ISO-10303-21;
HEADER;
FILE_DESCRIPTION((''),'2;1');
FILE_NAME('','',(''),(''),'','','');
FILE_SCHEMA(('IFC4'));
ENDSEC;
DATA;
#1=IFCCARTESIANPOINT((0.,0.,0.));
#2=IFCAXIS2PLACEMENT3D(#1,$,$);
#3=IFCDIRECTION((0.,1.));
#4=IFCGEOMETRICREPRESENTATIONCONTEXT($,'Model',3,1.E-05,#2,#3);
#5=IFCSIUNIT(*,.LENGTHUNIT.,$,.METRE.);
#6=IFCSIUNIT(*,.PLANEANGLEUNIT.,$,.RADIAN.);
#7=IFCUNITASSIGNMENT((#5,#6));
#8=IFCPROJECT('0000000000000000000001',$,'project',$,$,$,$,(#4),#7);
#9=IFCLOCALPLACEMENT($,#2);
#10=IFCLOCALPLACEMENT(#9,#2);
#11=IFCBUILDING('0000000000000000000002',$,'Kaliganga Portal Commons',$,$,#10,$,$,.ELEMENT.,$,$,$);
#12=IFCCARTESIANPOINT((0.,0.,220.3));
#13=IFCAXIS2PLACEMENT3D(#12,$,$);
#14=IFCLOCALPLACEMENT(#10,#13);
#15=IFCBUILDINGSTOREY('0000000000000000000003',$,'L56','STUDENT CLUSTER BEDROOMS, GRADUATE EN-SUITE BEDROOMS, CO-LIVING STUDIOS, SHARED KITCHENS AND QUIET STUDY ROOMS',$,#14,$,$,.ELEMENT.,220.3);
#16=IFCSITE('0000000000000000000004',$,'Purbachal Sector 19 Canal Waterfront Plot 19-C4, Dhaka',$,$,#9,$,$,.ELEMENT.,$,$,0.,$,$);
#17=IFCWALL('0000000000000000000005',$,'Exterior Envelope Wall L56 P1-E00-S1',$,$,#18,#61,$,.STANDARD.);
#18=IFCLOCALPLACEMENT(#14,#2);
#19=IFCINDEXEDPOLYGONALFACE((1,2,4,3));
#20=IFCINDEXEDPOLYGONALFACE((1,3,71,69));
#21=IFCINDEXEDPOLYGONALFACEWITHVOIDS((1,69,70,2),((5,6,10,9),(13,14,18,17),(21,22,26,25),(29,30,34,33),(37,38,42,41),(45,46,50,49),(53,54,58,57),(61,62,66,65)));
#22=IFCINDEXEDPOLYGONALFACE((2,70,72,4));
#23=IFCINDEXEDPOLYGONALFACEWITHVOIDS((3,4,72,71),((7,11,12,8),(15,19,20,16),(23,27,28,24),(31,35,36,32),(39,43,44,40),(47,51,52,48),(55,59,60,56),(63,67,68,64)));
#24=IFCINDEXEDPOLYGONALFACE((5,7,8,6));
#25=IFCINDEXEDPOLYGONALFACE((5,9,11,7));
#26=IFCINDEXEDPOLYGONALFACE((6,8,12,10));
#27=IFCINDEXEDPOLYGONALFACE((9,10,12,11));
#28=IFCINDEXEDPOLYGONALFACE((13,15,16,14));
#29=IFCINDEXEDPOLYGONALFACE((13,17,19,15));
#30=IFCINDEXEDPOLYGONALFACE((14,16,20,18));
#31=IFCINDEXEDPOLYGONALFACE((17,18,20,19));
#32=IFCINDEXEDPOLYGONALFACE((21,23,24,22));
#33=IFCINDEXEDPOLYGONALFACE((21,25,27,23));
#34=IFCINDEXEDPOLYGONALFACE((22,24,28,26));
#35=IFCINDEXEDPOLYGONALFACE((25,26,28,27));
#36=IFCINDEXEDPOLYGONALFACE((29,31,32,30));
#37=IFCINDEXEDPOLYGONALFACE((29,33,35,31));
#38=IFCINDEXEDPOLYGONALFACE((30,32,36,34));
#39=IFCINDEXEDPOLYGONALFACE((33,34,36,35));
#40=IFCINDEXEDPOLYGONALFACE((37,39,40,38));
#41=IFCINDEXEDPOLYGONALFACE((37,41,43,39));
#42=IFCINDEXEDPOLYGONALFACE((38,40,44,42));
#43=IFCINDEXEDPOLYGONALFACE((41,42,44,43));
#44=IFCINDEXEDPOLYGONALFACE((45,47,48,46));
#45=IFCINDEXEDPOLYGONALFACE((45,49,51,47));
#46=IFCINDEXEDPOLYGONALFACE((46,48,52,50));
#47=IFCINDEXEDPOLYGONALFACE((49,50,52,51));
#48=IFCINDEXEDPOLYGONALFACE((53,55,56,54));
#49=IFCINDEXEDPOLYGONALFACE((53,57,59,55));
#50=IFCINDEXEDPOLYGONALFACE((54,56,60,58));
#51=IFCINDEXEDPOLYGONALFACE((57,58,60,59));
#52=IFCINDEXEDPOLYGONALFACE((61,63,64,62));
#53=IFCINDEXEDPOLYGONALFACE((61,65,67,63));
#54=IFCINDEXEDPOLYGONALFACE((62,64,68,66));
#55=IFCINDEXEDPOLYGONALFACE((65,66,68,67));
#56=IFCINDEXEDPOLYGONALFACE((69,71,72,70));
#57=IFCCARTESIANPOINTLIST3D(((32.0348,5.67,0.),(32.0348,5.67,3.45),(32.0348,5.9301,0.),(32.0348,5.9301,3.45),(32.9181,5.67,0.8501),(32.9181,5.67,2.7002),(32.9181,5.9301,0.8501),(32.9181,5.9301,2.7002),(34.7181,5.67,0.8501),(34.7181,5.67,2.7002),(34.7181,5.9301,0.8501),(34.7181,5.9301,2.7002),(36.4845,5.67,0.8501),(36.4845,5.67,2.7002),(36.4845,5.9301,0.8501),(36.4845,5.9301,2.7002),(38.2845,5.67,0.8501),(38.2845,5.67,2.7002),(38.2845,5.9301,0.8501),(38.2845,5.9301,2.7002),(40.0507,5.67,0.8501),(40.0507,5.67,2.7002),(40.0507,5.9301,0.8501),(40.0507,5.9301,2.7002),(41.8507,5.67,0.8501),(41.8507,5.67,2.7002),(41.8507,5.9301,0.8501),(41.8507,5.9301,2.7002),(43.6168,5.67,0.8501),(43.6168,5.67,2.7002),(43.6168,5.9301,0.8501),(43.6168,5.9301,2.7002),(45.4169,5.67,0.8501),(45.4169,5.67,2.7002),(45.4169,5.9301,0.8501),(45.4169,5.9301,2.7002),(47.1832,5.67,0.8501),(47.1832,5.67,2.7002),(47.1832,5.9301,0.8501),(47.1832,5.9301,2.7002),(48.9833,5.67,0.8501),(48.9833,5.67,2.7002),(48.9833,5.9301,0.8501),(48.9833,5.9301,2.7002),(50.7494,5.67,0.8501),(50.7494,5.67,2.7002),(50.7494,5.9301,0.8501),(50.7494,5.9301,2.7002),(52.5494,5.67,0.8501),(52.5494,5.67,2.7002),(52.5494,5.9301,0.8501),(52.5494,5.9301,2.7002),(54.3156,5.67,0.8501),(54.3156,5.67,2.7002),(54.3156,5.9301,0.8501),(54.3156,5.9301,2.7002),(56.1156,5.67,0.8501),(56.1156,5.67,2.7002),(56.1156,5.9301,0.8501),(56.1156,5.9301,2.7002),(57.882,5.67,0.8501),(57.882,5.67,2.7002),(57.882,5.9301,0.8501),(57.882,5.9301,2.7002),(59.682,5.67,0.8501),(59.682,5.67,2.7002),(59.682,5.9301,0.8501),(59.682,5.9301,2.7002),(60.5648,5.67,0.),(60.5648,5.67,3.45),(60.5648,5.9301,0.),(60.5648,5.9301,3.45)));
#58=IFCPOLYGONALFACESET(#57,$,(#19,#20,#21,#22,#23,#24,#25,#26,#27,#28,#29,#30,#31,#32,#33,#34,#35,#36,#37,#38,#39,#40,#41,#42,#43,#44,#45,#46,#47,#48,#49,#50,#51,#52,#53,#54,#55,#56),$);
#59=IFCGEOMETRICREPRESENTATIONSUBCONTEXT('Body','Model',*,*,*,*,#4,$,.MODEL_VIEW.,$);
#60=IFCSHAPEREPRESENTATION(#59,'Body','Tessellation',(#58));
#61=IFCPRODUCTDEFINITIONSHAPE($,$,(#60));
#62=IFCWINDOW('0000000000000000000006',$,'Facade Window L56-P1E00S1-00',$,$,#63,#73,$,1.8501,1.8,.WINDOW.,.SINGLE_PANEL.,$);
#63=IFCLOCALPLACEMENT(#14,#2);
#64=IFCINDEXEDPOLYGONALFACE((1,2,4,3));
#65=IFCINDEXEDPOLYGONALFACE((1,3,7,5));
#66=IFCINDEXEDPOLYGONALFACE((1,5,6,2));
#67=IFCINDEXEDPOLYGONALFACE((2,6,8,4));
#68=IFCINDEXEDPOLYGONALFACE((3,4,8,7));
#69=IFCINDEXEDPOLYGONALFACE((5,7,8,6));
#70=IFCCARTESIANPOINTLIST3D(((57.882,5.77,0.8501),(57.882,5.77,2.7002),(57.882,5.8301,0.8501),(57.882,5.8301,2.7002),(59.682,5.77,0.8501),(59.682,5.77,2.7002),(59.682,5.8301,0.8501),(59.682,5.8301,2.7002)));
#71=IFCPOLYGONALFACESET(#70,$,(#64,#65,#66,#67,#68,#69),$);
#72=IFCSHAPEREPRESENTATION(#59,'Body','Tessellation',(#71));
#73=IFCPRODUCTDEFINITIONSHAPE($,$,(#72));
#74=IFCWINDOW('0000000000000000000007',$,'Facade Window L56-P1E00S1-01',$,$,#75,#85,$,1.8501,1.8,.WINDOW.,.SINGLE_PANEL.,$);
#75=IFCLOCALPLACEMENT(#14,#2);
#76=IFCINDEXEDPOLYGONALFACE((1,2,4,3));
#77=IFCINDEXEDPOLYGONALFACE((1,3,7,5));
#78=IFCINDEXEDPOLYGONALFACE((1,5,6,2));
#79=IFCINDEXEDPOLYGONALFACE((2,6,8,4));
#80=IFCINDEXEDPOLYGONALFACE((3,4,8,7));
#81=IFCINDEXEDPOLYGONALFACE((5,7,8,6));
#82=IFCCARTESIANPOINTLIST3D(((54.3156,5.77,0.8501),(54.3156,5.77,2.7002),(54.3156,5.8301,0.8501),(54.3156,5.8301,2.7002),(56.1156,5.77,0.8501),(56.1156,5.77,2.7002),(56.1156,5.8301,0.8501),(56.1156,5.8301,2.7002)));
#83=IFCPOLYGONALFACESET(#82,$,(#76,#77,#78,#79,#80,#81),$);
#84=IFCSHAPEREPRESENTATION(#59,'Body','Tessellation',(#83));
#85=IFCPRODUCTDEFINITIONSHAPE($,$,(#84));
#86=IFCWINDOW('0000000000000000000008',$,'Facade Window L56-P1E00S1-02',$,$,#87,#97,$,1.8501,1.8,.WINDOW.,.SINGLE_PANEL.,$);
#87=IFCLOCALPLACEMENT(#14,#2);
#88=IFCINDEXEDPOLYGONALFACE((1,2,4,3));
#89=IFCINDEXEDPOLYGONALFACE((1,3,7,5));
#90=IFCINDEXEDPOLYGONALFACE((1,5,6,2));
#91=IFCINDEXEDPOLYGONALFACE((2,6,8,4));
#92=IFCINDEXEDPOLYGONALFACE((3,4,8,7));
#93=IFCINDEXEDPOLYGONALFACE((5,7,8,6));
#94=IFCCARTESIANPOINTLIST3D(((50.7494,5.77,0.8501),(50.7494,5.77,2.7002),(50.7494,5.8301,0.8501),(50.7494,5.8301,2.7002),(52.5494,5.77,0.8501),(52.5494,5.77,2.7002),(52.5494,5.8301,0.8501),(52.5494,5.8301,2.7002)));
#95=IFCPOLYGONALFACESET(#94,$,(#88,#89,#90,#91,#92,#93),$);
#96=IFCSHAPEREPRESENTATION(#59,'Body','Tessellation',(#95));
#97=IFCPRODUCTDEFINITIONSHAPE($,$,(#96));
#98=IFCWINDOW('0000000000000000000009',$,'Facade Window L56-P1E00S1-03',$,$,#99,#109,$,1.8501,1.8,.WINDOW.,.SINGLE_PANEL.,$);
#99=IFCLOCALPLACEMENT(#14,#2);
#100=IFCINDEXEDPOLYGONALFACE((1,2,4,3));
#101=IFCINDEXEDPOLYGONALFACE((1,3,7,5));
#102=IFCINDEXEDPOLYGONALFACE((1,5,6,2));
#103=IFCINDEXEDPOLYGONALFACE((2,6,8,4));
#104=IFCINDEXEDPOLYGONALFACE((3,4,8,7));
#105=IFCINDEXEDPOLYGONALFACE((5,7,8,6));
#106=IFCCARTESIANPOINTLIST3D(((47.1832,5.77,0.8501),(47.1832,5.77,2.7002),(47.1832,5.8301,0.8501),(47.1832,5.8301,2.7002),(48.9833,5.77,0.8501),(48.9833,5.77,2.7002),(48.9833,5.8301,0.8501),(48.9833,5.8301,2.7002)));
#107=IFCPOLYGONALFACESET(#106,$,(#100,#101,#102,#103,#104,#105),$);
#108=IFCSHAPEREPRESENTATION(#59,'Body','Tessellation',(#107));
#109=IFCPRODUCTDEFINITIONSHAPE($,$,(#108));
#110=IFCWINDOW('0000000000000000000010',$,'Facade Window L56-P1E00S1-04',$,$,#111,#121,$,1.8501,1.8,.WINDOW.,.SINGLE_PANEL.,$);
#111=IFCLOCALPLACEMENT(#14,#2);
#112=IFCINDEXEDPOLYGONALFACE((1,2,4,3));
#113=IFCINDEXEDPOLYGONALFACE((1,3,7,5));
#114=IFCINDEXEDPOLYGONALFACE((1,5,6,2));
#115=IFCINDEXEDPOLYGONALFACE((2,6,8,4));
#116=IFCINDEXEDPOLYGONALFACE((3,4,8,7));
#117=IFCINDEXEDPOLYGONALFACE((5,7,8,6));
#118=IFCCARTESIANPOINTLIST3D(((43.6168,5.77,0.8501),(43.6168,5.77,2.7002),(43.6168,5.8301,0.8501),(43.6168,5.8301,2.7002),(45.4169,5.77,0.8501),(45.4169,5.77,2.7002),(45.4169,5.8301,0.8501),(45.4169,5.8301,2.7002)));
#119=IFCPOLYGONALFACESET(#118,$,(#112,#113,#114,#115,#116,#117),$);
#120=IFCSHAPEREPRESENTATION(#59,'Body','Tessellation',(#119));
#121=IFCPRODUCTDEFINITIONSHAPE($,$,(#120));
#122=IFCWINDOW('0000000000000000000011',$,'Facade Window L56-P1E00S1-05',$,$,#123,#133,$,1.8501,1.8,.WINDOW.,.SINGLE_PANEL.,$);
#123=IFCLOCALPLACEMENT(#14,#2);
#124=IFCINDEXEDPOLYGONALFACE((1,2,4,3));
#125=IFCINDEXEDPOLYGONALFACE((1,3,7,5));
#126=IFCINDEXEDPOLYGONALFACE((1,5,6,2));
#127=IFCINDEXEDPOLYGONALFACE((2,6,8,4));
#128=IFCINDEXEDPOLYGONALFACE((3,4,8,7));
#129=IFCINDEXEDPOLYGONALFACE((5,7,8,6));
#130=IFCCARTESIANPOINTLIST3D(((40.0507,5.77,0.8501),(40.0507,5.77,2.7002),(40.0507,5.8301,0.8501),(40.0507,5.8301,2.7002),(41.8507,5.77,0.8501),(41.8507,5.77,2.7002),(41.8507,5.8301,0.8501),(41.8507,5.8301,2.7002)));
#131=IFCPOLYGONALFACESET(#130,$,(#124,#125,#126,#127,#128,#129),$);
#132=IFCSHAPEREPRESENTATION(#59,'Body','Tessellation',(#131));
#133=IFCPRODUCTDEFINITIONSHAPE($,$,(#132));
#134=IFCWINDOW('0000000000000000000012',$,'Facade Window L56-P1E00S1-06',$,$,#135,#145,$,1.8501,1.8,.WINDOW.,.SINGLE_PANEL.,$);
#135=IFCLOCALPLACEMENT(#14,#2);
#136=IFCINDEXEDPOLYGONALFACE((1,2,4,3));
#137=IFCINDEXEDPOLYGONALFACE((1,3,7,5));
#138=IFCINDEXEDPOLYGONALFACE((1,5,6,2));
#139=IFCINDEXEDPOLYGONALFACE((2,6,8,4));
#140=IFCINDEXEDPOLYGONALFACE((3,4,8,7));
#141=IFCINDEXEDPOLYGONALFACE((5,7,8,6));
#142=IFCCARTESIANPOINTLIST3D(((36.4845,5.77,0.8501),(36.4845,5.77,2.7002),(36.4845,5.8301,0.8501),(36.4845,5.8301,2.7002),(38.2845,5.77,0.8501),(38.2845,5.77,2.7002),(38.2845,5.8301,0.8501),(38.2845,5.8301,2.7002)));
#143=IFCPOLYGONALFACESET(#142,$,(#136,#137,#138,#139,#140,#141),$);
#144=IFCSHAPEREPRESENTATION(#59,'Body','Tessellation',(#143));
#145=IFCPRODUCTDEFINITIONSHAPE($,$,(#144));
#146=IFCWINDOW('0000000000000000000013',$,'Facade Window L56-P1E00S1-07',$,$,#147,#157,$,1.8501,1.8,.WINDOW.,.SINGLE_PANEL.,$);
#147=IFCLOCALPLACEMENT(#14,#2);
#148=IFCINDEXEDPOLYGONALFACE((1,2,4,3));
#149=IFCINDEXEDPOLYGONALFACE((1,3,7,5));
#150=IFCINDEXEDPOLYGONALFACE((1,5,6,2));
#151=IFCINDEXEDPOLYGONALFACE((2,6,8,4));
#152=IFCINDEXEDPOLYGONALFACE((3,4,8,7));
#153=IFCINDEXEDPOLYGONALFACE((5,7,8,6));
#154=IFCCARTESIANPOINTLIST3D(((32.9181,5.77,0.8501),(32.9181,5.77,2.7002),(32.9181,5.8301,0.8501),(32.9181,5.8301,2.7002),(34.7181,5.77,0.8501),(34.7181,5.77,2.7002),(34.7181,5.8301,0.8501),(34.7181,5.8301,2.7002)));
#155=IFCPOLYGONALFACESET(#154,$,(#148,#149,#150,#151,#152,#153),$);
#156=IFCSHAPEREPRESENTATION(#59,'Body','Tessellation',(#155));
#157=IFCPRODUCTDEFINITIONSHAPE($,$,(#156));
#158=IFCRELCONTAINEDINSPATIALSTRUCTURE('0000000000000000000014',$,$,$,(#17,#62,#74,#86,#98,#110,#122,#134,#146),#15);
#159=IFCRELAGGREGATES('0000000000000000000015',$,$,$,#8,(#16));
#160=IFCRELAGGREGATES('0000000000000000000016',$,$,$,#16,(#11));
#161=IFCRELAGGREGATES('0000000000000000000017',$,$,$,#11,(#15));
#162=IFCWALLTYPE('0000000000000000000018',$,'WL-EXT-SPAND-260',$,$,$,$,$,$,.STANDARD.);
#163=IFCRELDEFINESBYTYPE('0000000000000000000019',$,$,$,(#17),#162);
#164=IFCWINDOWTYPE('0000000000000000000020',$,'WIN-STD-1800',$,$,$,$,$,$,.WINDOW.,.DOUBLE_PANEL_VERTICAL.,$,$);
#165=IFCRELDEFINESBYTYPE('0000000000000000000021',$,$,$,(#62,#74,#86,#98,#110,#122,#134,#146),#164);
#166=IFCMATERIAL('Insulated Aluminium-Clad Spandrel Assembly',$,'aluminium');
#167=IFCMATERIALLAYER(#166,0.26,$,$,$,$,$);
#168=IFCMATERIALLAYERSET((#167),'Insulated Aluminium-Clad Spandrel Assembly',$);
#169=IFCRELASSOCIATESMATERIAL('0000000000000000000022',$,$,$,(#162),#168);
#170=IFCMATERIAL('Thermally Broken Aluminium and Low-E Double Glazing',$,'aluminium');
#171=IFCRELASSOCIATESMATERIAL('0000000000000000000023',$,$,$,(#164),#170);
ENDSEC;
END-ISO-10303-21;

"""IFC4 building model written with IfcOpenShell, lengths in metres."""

from ifc_helpers import new_model, si_unit, direction, frame, frame_2d, origin, place, context, subcontext, project, spatial, rectangle, extrude, material, layer, layer_set, type_object, element, fill, save


model = new_model("IFC4")

# Units and contexts
model_context = context("Model", 3, precision=1e-05, world=origin(), true_north=direction((0.0, 1.0)))
body_context = subcontext(model_context, "Body", "Model", "MODEL_VIEW")
ifc_project = project(units=[si_unit("LENGTHUNIT", "METRE"), si_unit("PLANEANGLEUNIT", "RADIAN")], contexts=[model_context])

# Site, building, storey
site_placement = place(None, origin())
site = spatial("IfcSite", under=ifc_project, at=site_placement, Name="Purbachal Sector 19 Canal Waterfront Plot 19-C4, Dhaka", CompositionType="ELEMENT", RefElevation=0.0)
building_placement = place(site_placement, origin())
building = spatial("IfcBuilding", under=site, at=building_placement, Name="Kaliganga Portal Commons", CompositionType="ELEMENT")
storey_placement = place(building_placement, frame((0.0, 0.0, 220.3)))
storey = spatial("IfcBuildingStorey", under=building, at=storey_placement, Name="L56", Description="STUDENT CLUSTER BEDROOMS, GRADUATE EN-SUITE BEDROOMS, CO-LIVING STUDIOS, SHARED KITCHENS AND QUIET STUDY ROOMS", CompositionType="ELEMENT", Elevation=220.3)

# Wall, openings, windows
ifc_material_1 = material(Name="Insulated Aluminium-Clad Spandrel Assembly", Category="aluminium")
ifc_layer_1 = layer(ifc_material_1, 0.26)
ifc_layer_set_1 = layer_set([ifc_layer_1], Name="Insulated Aluminium-Clad Spandrel Assembly")
wall_type_1 = type_object("IfcWallType", Name="WL-EXT-SPAND-260", PredefinedType="STANDARD", material=ifc_layer_set_1)
wall_1_placement = place(storey_placement, frame((60.5649, 5.8, 0.0), z_axis=(0.0, 0.0, 1.0), x_axis=(-1.0, 0.0, 0.0)))
wall_1 = element("IfcWall", 1, at=wall_1_placement, inside=storey, type_object=wall_type_1, Name="Exterior Envelope Wall L56 P1-E00-S1", PredefinedType="STANDARD", context=body_context, shape_type="SweptSolid", body=[
    extrude(rectangle(XDim=28.53, YDim=0.26, at=frame_2d((14.2651, 0.0))), origin(), (0.0, 0.0, 1.0), 3.45),
])
opening_1_placement = place(wall_1_placement, frame((0.8831, 0.0, 0.8501)))
opening_1 = element("IfcOpeningElement", 2, at=opening_1_placement, cuts=wall_1, PredefinedType="OPENING", context=body_context, shape_type="SweptSolid", body=[
    extrude(rectangle(XDim=1.8, YDim=1.8501, at=frame_2d((0.8999, 0.925))), frame((0.0, 0.1401, 0.0), z_axis=(0.0, -1.0, 0.0), x_axis=(1.0, 0.0, 0.0)), (0.0, 0.0, 1.0), 0.28),
])
opening_2_placement = place(wall_1_placement, frame((4.4495, 0.0, 0.8501)))
opening_2 = element("IfcOpeningElement", 3, at=opening_2_placement, cuts=wall_1, PredefinedType="OPENING", context=body_context, shape_type="SweptSolid", body=[
    extrude(rectangle(XDim=1.8, YDim=1.8501, at=frame_2d((0.8999, 0.925))), frame((0.0, 0.1401, 0.0), z_axis=(0.0, -1.0, 0.0), x_axis=(1.0, 0.0, 0.0)), (0.0, 0.0, 1.0), 0.28),
])
opening_3_placement = place(wall_1_placement, frame((8.0156, 0.0, 0.8501)))
opening_3 = element("IfcOpeningElement", 4, at=opening_3_placement, cuts=wall_1, PredefinedType="OPENING", context=body_context, shape_type="SweptSolid", body=[
    extrude(rectangle(XDim=1.8, YDim=1.8501, at=frame_2d((0.8999, 0.925))), frame((0.0, 0.1401, 0.0), z_axis=(0.0, -1.0, 0.0), x_axis=(1.0, 0.0, 0.0)), (0.0, 0.0, 1.0), 0.28),
])
opening_4_placement = place(wall_1_placement, frame((11.5818, 0.0, 0.8501)))
opening_4 = element("IfcOpeningElement", 5, at=opening_4_placement, cuts=wall_1, PredefinedType="OPENING", context=body_context, shape_type="SweptSolid", body=[
    extrude(rectangle(XDim=1.8, YDim=1.8501, at=frame_2d((0.8999, 0.925))), frame((0.0, 0.1401, 0.0), z_axis=(0.0, -1.0, 0.0), x_axis=(1.0, 0.0, 0.0)), (0.0, 0.0, 1.0), 0.28),
])
opening_5_placement = place(wall_1_placement, frame((15.1482, 0.0, 0.8501)))
opening_5 = element("IfcOpeningElement", 6, at=opening_5_placement, cuts=wall_1, PredefinedType="OPENING", context=body_context, shape_type="SweptSolid", body=[
    extrude(rectangle(XDim=1.8, YDim=1.8501, at=frame_2d((0.8999, 0.925))), frame((0.0, 0.1401, 0.0), z_axis=(0.0, -1.0, 0.0), x_axis=(1.0, 0.0, 0.0)), (0.0, 0.0, 1.0), 0.28),
])
opening_6_placement = place(wall_1_placement, frame((18.7144, 0.0, 0.8501)))
opening_6 = element("IfcOpeningElement", 7, at=opening_6_placement, cuts=wall_1, PredefinedType="OPENING", context=body_context, shape_type="SweptSolid", body=[
    extrude(rectangle(XDim=1.8, YDim=1.8501, at=frame_2d((0.8999, 0.925))), frame((0.0, 0.1401, 0.0), z_axis=(0.0, -1.0, 0.0), x_axis=(1.0, 0.0, 0.0)), (0.0, 0.0, 1.0), 0.28),
])
opening_7_placement = place(wall_1_placement, frame((22.2805, 0.0, 0.8501)))
opening_7 = element("IfcOpeningElement", 8, at=opening_7_placement, cuts=wall_1, PredefinedType="OPENING", context=body_context, shape_type="SweptSolid", body=[
    extrude(rectangle(XDim=1.8, YDim=1.8501, at=frame_2d((0.8999, 0.925))), frame((0.0, 0.1401, 0.0), z_axis=(0.0, -1.0, 0.0), x_axis=(1.0, 0.0, 0.0)), (0.0, 0.0, 1.0), 0.28),
])
opening_8_placement = place(wall_1_placement, frame((25.8469, 0.0, 0.8501)))
opening_8 = element("IfcOpeningElement", 9, at=opening_8_placement, cuts=wall_1, PredefinedType="OPENING", context=body_context, shape_type="SweptSolid", body=[
    extrude(rectangle(XDim=1.8, YDim=1.8501, at=frame_2d((0.8999, 0.925))), frame((0.0, 0.1401, 0.0), z_axis=(0.0, -1.0, 0.0), x_axis=(1.0, 0.0, 0.0)), (0.0, 0.0, 1.0), 0.28),
])
ifc_material_2 = material(Name="Thermally Broken Aluminium and Low-E Double Glazing", Category="aluminium")
window_type = type_object("IfcWindowType", Name="WIN-STD-1800", PartitioningType="DOUBLE_PANEL_VERTICAL", PredefinedType="WINDOW", material=ifc_material_2)
window_1_placement = place(opening_1_placement, origin())
window_1 = element("IfcWindow", 10, at=window_1_placement, inside=storey, type_object=window_type, Name="Facade Window L56-P1E00S1-00", OverallHeight=1.8501, OverallWidth=1.8, PartitioningType="SINGLE_PANEL", PredefinedType="WINDOW", context=body_context, shape_type="SweptSolid", body=[
    extrude(rectangle(XDim=1.8, YDim=1.8501, at=frame_2d((0.8999, 0.925))), frame((0.0, 0.03, 0.0), z_axis=(0.0, -1.0, 0.0), x_axis=(1.0, 0.0, 0.0)), (0.0, 0.0, 1.0), 0.0601),
])
fill(opening_1, window_1)
window_2_placement = place(opening_2_placement, origin())
window_2 = element("IfcWindow", 11, at=window_2_placement, inside=storey, type_object=window_type, Name="Facade Window L56-P1E00S1-01", OverallHeight=1.8501, OverallWidth=1.8, PartitioningType="SINGLE_PANEL", PredefinedType="WINDOW", context=body_context, shape_type="SweptSolid", body=[
    extrude(rectangle(XDim=1.8, YDim=1.8501, at=frame_2d((0.8999, 0.925))), frame((0.0, 0.03, 0.0), z_axis=(0.0, -1.0, 0.0), x_axis=(1.0, 0.0, 0.0)), (0.0, 0.0, 1.0), 0.0601),
])
fill(opening_2, window_2)
window_3_placement = place(opening_3_placement, origin())
window_3 = element("IfcWindow", 12, at=window_3_placement, inside=storey, type_object=window_type, Name="Facade Window L56-P1E00S1-02", OverallHeight=1.8501, OverallWidth=1.8, PartitioningType="SINGLE_PANEL", PredefinedType="WINDOW", context=body_context, shape_type="SweptSolid", body=[
    extrude(rectangle(XDim=1.8, YDim=1.8501, at=frame_2d((0.8999, 0.925))), frame((0.0, 0.03, 0.0), z_axis=(0.0, -1.0, 0.0), x_axis=(1.0, 0.0, 0.0)), (0.0, 0.0, 1.0), 0.0601),
])
fill(opening_3, window_3)
window_4_placement = place(opening_4_placement, origin())
window_4 = element("IfcWindow", 13, at=window_4_placement, inside=storey, type_object=window_type, Name="Facade Window L56-P1E00S1-03", OverallHeight=1.8501, OverallWidth=1.8, PartitioningType="SINGLE_PANEL", PredefinedType="WINDOW", context=body_context, shape_type="SweptSolid", body=[
    extrude(rectangle(XDim=1.8, YDim=1.8501, at=frame_2d((0.8999, 0.925))), frame((0.0, 0.03, 0.0), z_axis=(0.0, -1.0, 0.0), x_axis=(1.0, 0.0, 0.0)), (0.0, 0.0, 1.0), 0.0601),
])
fill(opening_4, window_4)
window_5_placement = place(opening_5_placement, origin())
window_5 = element("IfcWindow", 14, at=window_5_placement, inside=storey, type_object=window_type, Name="Facade Window L56-P1E00S1-04", OverallHeight=1.8501, OverallWidth=1.8, PartitioningType="SINGLE_PANEL", PredefinedType="WINDOW", context=body_context, shape_type="SweptSolid", body=[
    extrude(rectangle(XDim=1.8, YDim=1.8501, at=frame_2d((0.8999, 0.925))), frame((0.0, 0.03, 0.0), z_axis=(0.0, -1.0, 0.0), x_axis=(1.0, 0.0, 0.0)), (0.0, 0.0, 1.0), 0.0601),
])
fill(opening_5, window_5)
window_6_placement = place(opening_6_placement, origin())
window_6 = element("IfcWindow", 15, at=window_6_placement, inside=storey, type_object=window_type, Name="Facade Window L56-P1E00S1-05", OverallHeight=1.8501, OverallWidth=1.8, PartitioningType="SINGLE_PANEL", PredefinedType="WINDOW", context=body_context, shape_type="SweptSolid", body=[
    extrude(rectangle(XDim=1.8, YDim=1.8501, at=frame_2d((0.8999, 0.925))), frame((0.0, 0.03, 0.0), z_axis=(0.0, -1.0, 0.0), x_axis=(1.0, 0.0, 0.0)), (0.0, 0.0, 1.0), 0.0601),
])
fill(opening_6, window_6)
window_7_placement = place(opening_7_placement, origin())
window_7 = element("IfcWindow", 16, at=window_7_placement, inside=storey, type_object=window_type, Name="Facade Window L56-P1E00S1-06", OverallHeight=1.8501, OverallWidth=1.8, PartitioningType="SINGLE_PANEL", PredefinedType="WINDOW", context=body_context, shape_type="SweptSolid", body=[
    extrude(rectangle(XDim=1.8, YDim=1.8501, at=frame_2d((0.8999, 0.925))), frame((0.0, 0.03, 0.0), z_axis=(0.0, -1.0, 0.0), x_axis=(1.0, 0.0, 0.0)), (0.0, 0.0, 1.0), 0.0601),
])
fill(opening_7, window_7)
window_8_placement = place(opening_8_placement, origin())
window_8 = element("IfcWindow", 17, at=window_8_placement, inside=storey, type_object=window_type, Name="Facade Window L56-P1E00S1-07", OverallHeight=1.8501, OverallWidth=1.8, PartitioningType="SINGLE_PANEL", PredefinedType="WINDOW", context=body_context, shape_type="SweptSolid", body=[
    extrude(rectangle(XDim=1.8, YDim=1.8501, at=frame_2d((0.8999, 0.925))), frame((0.0, 0.03, 0.0), z_axis=(0.0, -1.0, 0.0), x_axis=(1.0, 0.0, 0.0)), (0.0, 0.0, 1.0), 0.0601),
])
fill(opening_8, window_8)

save(model, "model.ifc")
